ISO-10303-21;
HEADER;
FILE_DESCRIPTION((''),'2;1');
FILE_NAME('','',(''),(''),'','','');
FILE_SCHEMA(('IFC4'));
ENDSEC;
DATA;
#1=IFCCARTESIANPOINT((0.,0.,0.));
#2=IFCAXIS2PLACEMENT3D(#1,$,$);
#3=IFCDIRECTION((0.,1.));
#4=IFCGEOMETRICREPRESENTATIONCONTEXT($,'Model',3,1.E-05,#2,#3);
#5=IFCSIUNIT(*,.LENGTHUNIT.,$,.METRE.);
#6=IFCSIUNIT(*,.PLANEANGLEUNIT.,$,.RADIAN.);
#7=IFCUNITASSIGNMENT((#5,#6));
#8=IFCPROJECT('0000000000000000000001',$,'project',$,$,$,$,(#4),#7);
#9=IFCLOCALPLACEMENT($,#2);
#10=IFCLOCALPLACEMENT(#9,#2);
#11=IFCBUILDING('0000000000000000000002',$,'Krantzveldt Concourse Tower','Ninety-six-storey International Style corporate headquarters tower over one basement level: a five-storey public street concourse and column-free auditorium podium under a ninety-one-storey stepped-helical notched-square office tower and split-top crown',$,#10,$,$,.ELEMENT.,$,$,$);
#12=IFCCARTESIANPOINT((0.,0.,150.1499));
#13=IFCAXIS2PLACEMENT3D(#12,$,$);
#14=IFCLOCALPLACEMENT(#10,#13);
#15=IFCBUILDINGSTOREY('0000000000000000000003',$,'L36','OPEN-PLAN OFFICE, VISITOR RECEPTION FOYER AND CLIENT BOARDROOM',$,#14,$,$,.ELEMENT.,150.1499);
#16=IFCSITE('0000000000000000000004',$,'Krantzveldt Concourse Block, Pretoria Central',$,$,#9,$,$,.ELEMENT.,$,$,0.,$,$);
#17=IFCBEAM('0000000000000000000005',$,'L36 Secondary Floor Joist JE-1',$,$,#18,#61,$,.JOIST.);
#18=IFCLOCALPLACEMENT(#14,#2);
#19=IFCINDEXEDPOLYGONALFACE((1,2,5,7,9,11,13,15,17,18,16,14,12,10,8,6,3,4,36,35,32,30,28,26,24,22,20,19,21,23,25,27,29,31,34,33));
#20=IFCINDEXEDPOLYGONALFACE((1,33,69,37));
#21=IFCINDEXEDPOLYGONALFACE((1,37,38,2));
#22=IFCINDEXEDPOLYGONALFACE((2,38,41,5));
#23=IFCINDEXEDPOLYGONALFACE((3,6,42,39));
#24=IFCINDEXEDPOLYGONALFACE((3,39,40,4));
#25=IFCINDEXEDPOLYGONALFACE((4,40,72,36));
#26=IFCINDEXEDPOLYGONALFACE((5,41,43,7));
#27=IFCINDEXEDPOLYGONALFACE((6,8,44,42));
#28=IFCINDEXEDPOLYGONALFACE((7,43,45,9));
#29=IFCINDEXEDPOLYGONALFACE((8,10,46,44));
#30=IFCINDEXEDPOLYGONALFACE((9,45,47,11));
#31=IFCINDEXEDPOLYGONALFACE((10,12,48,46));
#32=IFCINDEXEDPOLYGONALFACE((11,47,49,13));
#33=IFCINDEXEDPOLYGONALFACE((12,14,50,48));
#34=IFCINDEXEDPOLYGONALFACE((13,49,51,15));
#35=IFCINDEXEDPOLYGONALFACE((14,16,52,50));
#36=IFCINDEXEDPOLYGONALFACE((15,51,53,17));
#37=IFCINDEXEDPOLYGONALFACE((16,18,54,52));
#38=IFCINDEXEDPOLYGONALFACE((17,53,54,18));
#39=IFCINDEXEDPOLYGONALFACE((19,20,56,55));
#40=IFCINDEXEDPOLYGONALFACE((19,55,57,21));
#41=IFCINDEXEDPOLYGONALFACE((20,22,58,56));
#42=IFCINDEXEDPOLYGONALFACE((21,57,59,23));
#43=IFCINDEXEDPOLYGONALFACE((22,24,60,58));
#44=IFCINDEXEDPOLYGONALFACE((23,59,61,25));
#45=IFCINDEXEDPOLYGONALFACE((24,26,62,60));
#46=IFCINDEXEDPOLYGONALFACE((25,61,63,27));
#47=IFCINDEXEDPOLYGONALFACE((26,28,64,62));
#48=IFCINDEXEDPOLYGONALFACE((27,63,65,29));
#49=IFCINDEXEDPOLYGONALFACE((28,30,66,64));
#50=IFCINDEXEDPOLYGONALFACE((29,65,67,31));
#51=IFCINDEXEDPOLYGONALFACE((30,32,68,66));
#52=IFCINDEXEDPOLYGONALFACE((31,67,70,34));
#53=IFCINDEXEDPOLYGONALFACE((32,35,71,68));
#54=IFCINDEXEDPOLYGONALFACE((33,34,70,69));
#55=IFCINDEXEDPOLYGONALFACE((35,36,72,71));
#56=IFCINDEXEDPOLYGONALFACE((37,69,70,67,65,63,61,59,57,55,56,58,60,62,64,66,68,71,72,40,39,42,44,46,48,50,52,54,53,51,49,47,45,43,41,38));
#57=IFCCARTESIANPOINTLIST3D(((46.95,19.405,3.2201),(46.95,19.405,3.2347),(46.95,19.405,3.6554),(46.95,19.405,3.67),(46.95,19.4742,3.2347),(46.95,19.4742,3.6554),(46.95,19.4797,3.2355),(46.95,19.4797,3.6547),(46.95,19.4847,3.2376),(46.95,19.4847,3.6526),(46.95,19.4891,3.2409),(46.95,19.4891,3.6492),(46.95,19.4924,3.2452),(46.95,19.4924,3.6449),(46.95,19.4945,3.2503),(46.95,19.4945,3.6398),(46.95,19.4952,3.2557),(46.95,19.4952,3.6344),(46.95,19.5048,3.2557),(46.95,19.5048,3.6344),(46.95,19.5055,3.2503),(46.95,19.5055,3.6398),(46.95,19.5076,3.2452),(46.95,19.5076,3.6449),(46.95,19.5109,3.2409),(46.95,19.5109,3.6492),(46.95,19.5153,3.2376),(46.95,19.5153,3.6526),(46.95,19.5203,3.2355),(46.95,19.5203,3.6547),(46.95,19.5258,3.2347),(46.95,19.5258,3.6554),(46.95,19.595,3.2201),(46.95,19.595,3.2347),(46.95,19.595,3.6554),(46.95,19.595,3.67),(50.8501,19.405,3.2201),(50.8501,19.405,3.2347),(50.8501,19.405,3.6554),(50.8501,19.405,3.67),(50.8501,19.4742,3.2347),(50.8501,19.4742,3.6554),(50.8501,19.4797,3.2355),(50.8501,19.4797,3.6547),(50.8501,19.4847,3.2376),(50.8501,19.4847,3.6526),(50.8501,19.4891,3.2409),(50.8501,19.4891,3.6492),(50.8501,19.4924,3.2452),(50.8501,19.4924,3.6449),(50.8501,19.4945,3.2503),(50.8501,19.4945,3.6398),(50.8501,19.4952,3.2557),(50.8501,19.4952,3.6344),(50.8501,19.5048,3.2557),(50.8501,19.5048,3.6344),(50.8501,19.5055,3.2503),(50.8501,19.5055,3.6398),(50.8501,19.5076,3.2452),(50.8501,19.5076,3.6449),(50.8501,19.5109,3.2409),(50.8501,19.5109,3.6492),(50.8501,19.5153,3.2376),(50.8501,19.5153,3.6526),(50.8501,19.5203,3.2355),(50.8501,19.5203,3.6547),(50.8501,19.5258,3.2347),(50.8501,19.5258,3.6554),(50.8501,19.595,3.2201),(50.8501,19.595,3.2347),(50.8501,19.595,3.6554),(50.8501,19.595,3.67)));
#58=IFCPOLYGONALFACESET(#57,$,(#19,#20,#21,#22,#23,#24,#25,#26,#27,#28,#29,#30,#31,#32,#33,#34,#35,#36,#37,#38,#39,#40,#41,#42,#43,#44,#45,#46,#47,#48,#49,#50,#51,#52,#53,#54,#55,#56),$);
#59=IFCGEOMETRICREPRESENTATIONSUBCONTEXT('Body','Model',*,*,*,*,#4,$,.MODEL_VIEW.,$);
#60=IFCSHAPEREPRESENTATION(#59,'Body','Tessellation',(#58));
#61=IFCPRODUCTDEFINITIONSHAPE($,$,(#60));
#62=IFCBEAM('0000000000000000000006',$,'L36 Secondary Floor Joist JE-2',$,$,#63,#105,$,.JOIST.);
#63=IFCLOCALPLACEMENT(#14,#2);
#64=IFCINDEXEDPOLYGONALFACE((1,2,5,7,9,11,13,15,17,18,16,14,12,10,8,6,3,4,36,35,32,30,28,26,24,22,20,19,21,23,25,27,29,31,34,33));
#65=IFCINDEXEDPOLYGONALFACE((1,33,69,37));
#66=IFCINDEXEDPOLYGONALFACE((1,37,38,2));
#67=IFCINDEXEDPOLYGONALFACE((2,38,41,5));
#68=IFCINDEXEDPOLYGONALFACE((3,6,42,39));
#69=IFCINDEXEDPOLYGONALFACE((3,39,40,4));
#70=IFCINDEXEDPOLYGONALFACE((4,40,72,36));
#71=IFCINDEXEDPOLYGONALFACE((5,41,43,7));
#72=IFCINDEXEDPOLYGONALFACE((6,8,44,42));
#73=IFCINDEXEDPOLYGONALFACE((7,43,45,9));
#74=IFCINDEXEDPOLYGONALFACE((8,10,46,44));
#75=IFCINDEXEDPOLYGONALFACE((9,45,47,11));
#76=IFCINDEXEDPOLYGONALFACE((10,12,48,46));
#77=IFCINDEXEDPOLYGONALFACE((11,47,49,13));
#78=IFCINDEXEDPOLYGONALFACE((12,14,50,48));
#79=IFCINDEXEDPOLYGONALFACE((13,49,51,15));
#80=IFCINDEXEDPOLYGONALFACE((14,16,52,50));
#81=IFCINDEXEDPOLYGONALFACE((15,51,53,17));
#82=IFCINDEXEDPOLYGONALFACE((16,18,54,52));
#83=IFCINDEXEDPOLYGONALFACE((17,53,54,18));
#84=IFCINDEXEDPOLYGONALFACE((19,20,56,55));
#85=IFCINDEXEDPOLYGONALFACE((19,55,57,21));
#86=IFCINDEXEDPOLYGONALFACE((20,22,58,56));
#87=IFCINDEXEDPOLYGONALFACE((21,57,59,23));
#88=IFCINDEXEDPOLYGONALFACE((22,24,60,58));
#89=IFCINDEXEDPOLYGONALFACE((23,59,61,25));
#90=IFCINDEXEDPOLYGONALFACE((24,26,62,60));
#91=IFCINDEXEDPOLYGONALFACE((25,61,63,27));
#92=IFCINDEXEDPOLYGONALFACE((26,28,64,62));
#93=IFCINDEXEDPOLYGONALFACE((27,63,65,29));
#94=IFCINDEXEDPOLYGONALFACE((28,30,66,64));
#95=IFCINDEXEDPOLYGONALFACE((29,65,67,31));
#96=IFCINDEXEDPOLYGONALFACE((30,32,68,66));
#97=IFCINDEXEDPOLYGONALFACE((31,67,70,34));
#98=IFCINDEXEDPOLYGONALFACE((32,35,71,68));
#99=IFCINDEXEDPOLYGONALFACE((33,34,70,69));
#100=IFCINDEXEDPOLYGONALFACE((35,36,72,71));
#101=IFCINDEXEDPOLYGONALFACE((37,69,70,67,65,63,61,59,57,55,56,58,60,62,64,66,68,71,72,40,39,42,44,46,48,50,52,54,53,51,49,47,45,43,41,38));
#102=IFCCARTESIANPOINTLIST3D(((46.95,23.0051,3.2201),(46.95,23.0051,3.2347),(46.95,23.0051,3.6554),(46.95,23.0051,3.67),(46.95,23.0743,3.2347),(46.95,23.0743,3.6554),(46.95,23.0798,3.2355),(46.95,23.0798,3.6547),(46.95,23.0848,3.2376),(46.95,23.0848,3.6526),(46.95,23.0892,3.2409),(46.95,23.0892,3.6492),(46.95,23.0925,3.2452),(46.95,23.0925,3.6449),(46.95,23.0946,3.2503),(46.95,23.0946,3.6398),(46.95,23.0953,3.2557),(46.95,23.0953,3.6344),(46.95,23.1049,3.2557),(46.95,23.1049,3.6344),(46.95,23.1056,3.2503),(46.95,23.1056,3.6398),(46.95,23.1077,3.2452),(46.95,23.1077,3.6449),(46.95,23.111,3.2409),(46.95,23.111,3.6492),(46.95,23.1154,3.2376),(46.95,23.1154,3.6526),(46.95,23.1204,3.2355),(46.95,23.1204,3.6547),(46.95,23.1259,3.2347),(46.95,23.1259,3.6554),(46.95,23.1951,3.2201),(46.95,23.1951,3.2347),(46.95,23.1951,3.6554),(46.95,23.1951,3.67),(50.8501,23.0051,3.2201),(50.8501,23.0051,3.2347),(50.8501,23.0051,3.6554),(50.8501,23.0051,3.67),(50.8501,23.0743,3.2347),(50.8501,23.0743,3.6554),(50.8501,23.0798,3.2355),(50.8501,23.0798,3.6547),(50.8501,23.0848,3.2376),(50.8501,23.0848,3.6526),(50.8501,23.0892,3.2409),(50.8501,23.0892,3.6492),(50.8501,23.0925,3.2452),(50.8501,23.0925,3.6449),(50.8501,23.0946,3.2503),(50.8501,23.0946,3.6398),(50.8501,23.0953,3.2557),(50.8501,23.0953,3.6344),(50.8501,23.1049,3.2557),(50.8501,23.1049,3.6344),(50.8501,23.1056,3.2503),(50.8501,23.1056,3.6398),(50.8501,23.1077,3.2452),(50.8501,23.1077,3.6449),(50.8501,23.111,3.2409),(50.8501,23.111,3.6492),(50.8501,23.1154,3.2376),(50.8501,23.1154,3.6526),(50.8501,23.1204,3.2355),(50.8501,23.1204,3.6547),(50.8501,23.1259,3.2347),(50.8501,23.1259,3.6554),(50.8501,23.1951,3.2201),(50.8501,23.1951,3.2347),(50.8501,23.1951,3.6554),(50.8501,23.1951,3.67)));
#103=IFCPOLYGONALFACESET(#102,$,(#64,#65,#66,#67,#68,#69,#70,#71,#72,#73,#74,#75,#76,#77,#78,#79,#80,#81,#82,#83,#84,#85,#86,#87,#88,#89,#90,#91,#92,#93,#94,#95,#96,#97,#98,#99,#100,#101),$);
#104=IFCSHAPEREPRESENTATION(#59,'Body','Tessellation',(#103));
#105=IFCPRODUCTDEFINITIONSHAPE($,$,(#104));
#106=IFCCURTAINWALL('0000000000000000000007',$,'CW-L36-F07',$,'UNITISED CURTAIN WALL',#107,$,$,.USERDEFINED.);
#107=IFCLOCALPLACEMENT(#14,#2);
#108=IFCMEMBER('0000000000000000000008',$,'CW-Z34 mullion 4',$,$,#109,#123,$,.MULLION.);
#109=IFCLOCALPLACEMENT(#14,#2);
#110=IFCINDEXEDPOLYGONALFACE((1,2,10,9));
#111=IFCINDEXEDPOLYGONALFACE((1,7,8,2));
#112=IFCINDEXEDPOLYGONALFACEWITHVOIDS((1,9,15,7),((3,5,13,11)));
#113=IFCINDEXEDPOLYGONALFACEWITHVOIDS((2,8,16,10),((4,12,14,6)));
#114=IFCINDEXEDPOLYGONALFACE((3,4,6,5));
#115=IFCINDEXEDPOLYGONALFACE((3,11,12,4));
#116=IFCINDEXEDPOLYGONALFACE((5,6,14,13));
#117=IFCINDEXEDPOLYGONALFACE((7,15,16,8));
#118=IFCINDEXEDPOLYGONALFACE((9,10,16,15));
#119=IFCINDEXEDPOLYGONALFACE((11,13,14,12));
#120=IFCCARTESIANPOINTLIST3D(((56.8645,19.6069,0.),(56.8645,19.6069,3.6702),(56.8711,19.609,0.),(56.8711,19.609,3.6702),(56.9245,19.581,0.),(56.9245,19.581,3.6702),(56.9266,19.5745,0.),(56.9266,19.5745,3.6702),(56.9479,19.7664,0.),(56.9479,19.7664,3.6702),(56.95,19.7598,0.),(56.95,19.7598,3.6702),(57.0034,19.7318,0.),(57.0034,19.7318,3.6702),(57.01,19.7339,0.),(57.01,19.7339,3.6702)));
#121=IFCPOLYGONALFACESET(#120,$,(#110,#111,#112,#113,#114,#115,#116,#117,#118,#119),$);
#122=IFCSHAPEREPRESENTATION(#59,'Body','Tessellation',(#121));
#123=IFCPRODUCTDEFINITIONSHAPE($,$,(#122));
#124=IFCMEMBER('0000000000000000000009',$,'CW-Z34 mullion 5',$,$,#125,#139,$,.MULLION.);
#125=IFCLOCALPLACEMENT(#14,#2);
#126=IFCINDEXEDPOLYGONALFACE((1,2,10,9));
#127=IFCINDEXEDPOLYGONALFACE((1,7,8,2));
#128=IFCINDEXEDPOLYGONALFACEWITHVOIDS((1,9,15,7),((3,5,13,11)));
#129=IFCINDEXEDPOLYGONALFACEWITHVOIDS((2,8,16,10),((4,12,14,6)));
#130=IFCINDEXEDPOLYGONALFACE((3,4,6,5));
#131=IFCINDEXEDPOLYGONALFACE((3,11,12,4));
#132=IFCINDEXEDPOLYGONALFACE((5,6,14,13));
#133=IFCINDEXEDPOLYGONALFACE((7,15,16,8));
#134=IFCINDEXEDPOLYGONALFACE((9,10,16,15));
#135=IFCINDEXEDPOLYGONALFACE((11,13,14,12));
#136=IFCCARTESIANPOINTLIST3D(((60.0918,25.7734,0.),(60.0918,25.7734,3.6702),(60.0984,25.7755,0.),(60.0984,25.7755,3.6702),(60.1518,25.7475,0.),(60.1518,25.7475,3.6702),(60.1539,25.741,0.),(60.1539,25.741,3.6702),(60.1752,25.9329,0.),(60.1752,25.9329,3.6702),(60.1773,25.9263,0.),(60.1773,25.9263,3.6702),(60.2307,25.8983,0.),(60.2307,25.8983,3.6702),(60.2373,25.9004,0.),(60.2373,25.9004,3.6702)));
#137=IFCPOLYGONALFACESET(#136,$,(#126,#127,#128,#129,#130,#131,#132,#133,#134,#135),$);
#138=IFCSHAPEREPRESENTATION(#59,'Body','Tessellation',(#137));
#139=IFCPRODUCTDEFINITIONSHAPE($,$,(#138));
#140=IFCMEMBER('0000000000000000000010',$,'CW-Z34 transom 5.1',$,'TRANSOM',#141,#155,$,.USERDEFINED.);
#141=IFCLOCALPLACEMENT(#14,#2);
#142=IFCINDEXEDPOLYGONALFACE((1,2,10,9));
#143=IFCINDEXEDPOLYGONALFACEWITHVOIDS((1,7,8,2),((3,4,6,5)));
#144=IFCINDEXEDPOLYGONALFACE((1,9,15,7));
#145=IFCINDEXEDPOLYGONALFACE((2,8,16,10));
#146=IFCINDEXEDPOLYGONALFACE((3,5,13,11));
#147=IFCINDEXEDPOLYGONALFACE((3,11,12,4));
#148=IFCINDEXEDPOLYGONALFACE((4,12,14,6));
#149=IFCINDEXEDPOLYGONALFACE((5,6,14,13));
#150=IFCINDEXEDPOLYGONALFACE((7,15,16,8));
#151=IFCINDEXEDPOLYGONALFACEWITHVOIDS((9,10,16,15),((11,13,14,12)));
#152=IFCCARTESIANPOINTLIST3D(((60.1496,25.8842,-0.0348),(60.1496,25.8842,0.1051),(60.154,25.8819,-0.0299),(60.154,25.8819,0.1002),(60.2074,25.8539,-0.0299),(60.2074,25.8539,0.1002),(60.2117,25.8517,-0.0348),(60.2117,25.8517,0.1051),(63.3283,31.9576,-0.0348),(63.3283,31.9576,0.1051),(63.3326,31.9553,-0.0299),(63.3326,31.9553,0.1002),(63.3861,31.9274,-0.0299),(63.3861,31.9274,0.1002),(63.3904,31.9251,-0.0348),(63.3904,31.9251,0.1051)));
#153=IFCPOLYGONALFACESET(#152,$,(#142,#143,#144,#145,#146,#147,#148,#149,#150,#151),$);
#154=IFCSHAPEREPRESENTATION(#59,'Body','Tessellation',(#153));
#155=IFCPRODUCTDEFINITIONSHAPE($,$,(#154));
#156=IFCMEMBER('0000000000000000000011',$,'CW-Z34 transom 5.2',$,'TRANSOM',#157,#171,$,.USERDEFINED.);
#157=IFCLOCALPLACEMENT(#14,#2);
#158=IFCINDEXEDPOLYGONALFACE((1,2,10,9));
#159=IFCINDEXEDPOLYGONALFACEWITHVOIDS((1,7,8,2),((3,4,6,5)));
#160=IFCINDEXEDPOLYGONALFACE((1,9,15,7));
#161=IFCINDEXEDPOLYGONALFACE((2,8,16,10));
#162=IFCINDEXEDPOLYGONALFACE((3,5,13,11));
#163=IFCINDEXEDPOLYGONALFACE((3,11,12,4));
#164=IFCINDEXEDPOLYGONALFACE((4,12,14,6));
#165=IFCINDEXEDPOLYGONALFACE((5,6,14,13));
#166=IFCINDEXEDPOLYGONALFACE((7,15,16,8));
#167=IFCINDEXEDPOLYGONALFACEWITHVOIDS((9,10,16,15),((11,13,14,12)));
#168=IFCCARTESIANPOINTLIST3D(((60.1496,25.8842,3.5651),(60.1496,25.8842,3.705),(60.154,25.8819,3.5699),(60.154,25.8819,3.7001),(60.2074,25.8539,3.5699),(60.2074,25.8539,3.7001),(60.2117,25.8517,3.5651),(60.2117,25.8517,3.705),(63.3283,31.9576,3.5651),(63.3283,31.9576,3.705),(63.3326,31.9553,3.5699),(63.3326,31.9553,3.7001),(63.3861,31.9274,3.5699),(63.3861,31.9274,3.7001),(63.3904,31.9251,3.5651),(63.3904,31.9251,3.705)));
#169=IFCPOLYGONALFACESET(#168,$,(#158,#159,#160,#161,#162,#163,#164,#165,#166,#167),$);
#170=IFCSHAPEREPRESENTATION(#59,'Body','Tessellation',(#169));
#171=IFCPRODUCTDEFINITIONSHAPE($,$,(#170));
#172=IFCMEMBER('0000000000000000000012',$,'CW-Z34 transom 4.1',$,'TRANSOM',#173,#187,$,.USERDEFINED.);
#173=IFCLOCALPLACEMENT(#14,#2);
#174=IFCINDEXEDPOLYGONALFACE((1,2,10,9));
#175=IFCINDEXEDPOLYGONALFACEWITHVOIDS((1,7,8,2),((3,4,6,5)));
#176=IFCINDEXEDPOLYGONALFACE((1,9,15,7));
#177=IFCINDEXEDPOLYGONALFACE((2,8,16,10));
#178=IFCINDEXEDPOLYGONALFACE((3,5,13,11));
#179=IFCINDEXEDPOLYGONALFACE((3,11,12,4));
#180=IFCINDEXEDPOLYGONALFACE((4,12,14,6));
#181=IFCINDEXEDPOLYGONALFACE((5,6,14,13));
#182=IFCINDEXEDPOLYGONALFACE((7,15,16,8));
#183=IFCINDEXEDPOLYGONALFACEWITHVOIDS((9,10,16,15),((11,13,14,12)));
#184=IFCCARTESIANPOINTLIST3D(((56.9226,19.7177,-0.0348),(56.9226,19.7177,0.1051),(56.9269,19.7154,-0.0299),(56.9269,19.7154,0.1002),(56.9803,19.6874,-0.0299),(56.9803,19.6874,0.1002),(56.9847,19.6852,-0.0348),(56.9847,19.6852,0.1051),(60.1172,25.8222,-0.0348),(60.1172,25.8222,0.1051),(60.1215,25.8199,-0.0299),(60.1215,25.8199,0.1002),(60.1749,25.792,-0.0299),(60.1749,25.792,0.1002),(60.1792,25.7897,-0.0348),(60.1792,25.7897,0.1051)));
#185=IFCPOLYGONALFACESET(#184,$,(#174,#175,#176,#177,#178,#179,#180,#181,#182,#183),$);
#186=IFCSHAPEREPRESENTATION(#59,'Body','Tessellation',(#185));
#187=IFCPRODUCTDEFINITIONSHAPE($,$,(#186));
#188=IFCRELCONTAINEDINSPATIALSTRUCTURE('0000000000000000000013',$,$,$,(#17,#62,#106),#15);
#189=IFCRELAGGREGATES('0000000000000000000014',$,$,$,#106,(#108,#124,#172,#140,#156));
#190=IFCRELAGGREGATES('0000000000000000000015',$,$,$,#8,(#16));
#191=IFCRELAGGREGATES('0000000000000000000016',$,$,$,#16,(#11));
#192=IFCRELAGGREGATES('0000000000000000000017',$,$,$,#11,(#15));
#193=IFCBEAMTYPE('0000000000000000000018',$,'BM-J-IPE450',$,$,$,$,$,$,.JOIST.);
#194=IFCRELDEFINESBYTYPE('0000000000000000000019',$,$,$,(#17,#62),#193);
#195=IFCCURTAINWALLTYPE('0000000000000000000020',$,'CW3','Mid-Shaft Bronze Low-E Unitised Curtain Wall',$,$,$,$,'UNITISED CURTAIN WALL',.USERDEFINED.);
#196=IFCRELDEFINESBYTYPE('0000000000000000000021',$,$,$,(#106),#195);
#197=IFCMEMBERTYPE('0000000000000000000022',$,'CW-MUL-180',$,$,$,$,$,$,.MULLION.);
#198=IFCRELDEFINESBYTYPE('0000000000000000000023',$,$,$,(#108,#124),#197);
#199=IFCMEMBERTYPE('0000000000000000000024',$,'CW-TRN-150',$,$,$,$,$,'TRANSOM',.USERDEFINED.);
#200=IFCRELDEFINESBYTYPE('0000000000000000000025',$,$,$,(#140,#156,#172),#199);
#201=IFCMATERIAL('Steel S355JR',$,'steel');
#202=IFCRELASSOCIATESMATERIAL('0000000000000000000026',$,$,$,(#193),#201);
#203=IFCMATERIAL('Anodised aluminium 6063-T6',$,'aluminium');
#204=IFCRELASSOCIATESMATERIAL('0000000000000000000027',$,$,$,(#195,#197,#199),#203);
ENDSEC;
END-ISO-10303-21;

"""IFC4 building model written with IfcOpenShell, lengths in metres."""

from ifc_helpers import new_model, si_unit, direction, frame, origin, origin_2d, place, context, subcontext, project, spatial, hollow_rectangle, i_section, extrude, source, transform, mapped, material, material_profile, profile_set, type_object, type_shapes, element, aggregate, save


model = new_model("IFC4")

# Units and contexts
model_context = context("Model", 3, precision=1e-05, world=origin(), true_north=direction((0.0, 1.0)))
body_context = subcontext(model_context, "Body", "Model", "MODEL_VIEW")
ifc_project = project(units=[si_unit("LENGTHUNIT", "METRE"), si_unit("PLANEANGLEUNIT", "RADIAN")], contexts=[model_context])

# Site, building, storey
site_placement = place(None, origin())
site = spatial("IfcSite", under=ifc_project, at=site_placement, Name="Krantzveldt Concourse Block, Pretoria Central", CompositionType="ELEMENT", RefElevation=0.0)
building_placement = place(site_placement, origin())
building = spatial("IfcBuilding", under=site, at=building_placement, Name="Krantzveldt Concourse Tower", Description="Ninety-six-storey International Style corporate headquarters tower over one basement level: a five-storey public street concourse and column-free auditorium podium under a ninety-one-storey stepped-helical notched-square office tower and split-top crown", CompositionType="ELEMENT")
storey_placement = place(building_placement, frame((0.0, 0.0, 150.1499)))
storey = spatial("IfcBuildingStorey", under=building, at=storey_placement, Name="L36", Description="OPEN-PLAN OFFICE, VISITOR RECEPTION FOYER AND CLIENT BOARDROOM", CompositionType="ELEMENT", Elevation=150.1499)

# Beams
ifc_material_1 = material(Name="Steel S355JR", Category="steel")
ifc_material_profile_1 = material_profile(ifc_material_1, i_section(OverallWidth=0.1899, OverallDepth=0.45, WebThickness=0.0095, FlangeThickness=0.0146, FilletRadius=0.021, at=origin_2d()), Name="Steel S355JR", Category="steel")
ifc_profile_set_1 = profile_set([ifc_material_profile_1], Name="Steel S355JR - IPE 450")
beam_type_1 = type_object("IfcBeamType", Name="BM-J-IPE450", PredefinedType="JOIST", material=ifc_profile_set_1)
shared_shape_1 = source(origin(), body_context, "Body", "SweptSolid", [
    extrude(i_section(OverallWidth=0.1899, OverallDepth=0.45, WebThickness=0.0095, FlangeThickness=0.0146, FilletRadius=0.021, at=origin_2d()), origin(), (0.0, 0.0, 1.0), 3.9001),
])
type_shapes(beam_type_1, [shared_shape_1])
for number, where, z_axis, x_axis, name in (
    (1, (46.95, 19.5, 3.4451), (1.0, 0.0, 0.0), (0.0, 1.0, 0.0), "L36 Secondary Floor Joist JE-1"),
    (2, (46.95, 23.1001, 3.4451), (1.0, 0.0, 0.0), (0.0, 1.0, 0.0), "L36 Secondary Floor Joist JE-2"),
):
    element("IfcBeam", number, at=place(storey_placement, frame(where, z_axis=z_axis, x_axis=x_axis)), inside=storey, type_object=beam_type_1, Name=name, PredefinedType="JOIST", context=body_context, shape_type="MappedRepresentation", body=[
        mapped(shared_shape_1, transform((0.0, 0.0, 0.0), x_axis=(1.0, 0.0, 0.0), y_axis=(0.0, 1.0, 0.0), z_axis=(0.0, 0.0, 1.0), scale=1.0)),
    ])

# Curtain wall, members
ifc_material_2 = material(Name="Anodised aluminium 6063-T6", Category="aluminium")
curtain_wall_type = type_object("IfcCurtainWallType", Name="CW3", Description="Mid-Shaft Bronze Low-E Unitised Curtain Wall", ElementType="UNITISED CURTAIN WALL", PredefinedType="USERDEFINED", material=ifc_material_2)
curtain_wall_placement = place(storey_placement, origin())
curtain_wall = element("IfcCurtainWall", 3, at=curtain_wall_placement, inside=storey, type_object=curtain_wall_type, Name="CW-L36-F07", ObjectType="UNITISED CURTAIN WALL", PredefinedType="USERDEFINED")
ifc_material_profile_2 = material_profile(ifc_material_2, hollow_rectangle(XDim=0.0701, YDim=0.1799, WallThickness=0.0049, at=origin_2d()), Name="Anodised aluminium 6063-T6", Category="aluminium")
ifc_profile_set_2 = profile_set([ifc_material_profile_2], Name="Anodised aluminium 6063-T6 - ALU-MULL 180x70x5")
member_type_1 = type_object("IfcMemberType", Name="CW-MUL-180", PredefinedType="MULLION", material=ifc_profile_set_2)
shared_shape_2 = source(origin(), body_context, "Body", "SweptSolid", [
    extrude(hollow_rectangle(XDim=0.0701, YDim=0.1799, WallThickness=0.0049, at=origin_2d()), origin(), (0.0, 0.0, 1.0), 3.6702),
])
type_shapes(member_type_1, [shared_shape_2])
member_1_placement = place(storey_placement, frame((56.9373, 19.6704, 0.0), z_axis=(0.0, 0.0, 1.0), x_axis=(-0.886001, 0.463683, 0.0)))
member_1 = element("IfcMember", 4, at=member_1_placement, type_object=member_type_1, Name="CW-Z34 mullion 4", PredefinedType="MULLION", context=body_context, shape_type="MappedRepresentation", body=[
    mapped(shared_shape_2, transform((0.0, 0.0, 0.0), x_axis=(1.0, 0.0, 0.0), y_axis=(0.0, 1.0, 0.0), z_axis=(0.0, 0.0, 1.0), scale=1.0)),
])
member_2_placement = place(storey_placement, frame((60.1646, 25.8369, 0.0), z_axis=(0.0, 0.0, 1.0), x_axis=(-0.886001, 0.463683, 0.0)))
member_2 = element("IfcMember", 5, at=member_2_placement, type_object=member_type_1, Name="CW-Z34 mullion 5", PredefinedType="MULLION", context=body_context, shape_type="MappedRepresentation", body=[
    mapped(shared_shape_2, transform((0.0, 0.0, 0.0), x_axis=(1.0, 0.0, 0.0), y_axis=(0.0, 1.0, 0.0), z_axis=(0.0, 0.0, 1.0), scale=1.0)),
])
ifc_material_profile_3 = material_profile(ifc_material_2, hollow_rectangle(XDim=0.0701, YDim=0.1399, WallThickness=0.0049, at=origin_2d()), Name="Anodised aluminium 6063-T6", Category="aluminium")
ifc_profile_set_3 = profile_set([ifc_material_profile_3], Name="Anodised aluminium 6063-T6 - ALU-TRAN 140x70x5")
member_type_2 = type_object("IfcMemberType", Name="CW-TRN-150", ElementType="TRANSOM", PredefinedType="USERDEFINED", material=ifc_profile_set_3)
shared_shape_3 = source(origin(), body_context, "Body", "SweptSolid", [
    extrude(hollow_rectangle(XDim=0.0701, YDim=0.1399, WallThickness=0.0049, at=origin_2d()), origin(), (0.0, 0.0, 1.0), 6.855),
])
member_3_placement = place(storey_placement, frame((60.1807, 25.8679, 0.0352), z_axis=(0.463705, 0.88599, 0.0), x_axis=(-0.88599, 0.463705, 0.0)))
member_3 = element("IfcMember", 6, at=member_3_placement, type_object=member_type_2, Name="CW-Z34 transom 5.1", ObjectType="TRANSOM", PredefinedType="USERDEFINED", context=body_context, shape_type="MappedRepresentation", body=[
    mapped(shared_shape_3, transform((0.0, 0.0, 0.0), x_axis=(1.0, 0.0, 0.0), y_axis=(0.0, 1.0, 0.0), z_axis=(0.0, 0.0, 1.0), scale=1.0)),
])
member_4_placement = place(storey_placement, frame((60.1807, 25.8679, 3.635), z_axis=(0.463705, 0.88599, 0.0), x_axis=(-0.88599, 0.463705, 0.0)))
member_4 = element("IfcMember", 7, at=member_4_placement, type_object=member_type_2, Name="CW-Z34 transom 5.2", ObjectType="TRANSOM", PredefinedType="USERDEFINED", context=body_context, shape_type="MappedRepresentation", body=[
    mapped(shared_shape_3, transform((0.0, 0.0, 0.0), x_axis=(1.0, 0.0, 0.0), y_axis=(0.0, 1.0, 0.0), z_axis=(0.0, 0.0, 1.0), scale=1.0)),
])
shared_shape_4 = source(origin(), body_context, "Body", "SweptSolid", [
    extrude(hollow_rectangle(XDim=0.0701, YDim=0.1399, WallThickness=0.0049, at=origin_2d()), origin(), (0.0, 0.0, 1.0), 6.8899),
])
type_shapes(member_type_2, [shared_shape_3, shared_shape_4])
member_5_placement = place(storey_placement, frame((56.9536, 19.7014, 0.0352), z_axis=(0.463664, 0.886011, 0.0), x_axis=(-0.886011, 0.463664, 0.0)))
member_5 = element("IfcMember", 8, at=member_5_placement, type_object=member_type_2, Name="CW-Z34 transom 4.1", ObjectType="TRANSOM", PredefinedType="USERDEFINED", context=body_context, shape_type="MappedRepresentation", body=[
    mapped(shared_shape_4, transform((0.0, 0.0, 0.0), x_axis=(1.0, 0.0, 0.0), y_axis=(0.0, 1.0, 0.0), z_axis=(0.0, 0.0, 1.0), scale=1.0)),
])
aggregate(curtain_wall, [member_1, member_2, member_5, member_3, member_4])

save(model, "model.ifc")
